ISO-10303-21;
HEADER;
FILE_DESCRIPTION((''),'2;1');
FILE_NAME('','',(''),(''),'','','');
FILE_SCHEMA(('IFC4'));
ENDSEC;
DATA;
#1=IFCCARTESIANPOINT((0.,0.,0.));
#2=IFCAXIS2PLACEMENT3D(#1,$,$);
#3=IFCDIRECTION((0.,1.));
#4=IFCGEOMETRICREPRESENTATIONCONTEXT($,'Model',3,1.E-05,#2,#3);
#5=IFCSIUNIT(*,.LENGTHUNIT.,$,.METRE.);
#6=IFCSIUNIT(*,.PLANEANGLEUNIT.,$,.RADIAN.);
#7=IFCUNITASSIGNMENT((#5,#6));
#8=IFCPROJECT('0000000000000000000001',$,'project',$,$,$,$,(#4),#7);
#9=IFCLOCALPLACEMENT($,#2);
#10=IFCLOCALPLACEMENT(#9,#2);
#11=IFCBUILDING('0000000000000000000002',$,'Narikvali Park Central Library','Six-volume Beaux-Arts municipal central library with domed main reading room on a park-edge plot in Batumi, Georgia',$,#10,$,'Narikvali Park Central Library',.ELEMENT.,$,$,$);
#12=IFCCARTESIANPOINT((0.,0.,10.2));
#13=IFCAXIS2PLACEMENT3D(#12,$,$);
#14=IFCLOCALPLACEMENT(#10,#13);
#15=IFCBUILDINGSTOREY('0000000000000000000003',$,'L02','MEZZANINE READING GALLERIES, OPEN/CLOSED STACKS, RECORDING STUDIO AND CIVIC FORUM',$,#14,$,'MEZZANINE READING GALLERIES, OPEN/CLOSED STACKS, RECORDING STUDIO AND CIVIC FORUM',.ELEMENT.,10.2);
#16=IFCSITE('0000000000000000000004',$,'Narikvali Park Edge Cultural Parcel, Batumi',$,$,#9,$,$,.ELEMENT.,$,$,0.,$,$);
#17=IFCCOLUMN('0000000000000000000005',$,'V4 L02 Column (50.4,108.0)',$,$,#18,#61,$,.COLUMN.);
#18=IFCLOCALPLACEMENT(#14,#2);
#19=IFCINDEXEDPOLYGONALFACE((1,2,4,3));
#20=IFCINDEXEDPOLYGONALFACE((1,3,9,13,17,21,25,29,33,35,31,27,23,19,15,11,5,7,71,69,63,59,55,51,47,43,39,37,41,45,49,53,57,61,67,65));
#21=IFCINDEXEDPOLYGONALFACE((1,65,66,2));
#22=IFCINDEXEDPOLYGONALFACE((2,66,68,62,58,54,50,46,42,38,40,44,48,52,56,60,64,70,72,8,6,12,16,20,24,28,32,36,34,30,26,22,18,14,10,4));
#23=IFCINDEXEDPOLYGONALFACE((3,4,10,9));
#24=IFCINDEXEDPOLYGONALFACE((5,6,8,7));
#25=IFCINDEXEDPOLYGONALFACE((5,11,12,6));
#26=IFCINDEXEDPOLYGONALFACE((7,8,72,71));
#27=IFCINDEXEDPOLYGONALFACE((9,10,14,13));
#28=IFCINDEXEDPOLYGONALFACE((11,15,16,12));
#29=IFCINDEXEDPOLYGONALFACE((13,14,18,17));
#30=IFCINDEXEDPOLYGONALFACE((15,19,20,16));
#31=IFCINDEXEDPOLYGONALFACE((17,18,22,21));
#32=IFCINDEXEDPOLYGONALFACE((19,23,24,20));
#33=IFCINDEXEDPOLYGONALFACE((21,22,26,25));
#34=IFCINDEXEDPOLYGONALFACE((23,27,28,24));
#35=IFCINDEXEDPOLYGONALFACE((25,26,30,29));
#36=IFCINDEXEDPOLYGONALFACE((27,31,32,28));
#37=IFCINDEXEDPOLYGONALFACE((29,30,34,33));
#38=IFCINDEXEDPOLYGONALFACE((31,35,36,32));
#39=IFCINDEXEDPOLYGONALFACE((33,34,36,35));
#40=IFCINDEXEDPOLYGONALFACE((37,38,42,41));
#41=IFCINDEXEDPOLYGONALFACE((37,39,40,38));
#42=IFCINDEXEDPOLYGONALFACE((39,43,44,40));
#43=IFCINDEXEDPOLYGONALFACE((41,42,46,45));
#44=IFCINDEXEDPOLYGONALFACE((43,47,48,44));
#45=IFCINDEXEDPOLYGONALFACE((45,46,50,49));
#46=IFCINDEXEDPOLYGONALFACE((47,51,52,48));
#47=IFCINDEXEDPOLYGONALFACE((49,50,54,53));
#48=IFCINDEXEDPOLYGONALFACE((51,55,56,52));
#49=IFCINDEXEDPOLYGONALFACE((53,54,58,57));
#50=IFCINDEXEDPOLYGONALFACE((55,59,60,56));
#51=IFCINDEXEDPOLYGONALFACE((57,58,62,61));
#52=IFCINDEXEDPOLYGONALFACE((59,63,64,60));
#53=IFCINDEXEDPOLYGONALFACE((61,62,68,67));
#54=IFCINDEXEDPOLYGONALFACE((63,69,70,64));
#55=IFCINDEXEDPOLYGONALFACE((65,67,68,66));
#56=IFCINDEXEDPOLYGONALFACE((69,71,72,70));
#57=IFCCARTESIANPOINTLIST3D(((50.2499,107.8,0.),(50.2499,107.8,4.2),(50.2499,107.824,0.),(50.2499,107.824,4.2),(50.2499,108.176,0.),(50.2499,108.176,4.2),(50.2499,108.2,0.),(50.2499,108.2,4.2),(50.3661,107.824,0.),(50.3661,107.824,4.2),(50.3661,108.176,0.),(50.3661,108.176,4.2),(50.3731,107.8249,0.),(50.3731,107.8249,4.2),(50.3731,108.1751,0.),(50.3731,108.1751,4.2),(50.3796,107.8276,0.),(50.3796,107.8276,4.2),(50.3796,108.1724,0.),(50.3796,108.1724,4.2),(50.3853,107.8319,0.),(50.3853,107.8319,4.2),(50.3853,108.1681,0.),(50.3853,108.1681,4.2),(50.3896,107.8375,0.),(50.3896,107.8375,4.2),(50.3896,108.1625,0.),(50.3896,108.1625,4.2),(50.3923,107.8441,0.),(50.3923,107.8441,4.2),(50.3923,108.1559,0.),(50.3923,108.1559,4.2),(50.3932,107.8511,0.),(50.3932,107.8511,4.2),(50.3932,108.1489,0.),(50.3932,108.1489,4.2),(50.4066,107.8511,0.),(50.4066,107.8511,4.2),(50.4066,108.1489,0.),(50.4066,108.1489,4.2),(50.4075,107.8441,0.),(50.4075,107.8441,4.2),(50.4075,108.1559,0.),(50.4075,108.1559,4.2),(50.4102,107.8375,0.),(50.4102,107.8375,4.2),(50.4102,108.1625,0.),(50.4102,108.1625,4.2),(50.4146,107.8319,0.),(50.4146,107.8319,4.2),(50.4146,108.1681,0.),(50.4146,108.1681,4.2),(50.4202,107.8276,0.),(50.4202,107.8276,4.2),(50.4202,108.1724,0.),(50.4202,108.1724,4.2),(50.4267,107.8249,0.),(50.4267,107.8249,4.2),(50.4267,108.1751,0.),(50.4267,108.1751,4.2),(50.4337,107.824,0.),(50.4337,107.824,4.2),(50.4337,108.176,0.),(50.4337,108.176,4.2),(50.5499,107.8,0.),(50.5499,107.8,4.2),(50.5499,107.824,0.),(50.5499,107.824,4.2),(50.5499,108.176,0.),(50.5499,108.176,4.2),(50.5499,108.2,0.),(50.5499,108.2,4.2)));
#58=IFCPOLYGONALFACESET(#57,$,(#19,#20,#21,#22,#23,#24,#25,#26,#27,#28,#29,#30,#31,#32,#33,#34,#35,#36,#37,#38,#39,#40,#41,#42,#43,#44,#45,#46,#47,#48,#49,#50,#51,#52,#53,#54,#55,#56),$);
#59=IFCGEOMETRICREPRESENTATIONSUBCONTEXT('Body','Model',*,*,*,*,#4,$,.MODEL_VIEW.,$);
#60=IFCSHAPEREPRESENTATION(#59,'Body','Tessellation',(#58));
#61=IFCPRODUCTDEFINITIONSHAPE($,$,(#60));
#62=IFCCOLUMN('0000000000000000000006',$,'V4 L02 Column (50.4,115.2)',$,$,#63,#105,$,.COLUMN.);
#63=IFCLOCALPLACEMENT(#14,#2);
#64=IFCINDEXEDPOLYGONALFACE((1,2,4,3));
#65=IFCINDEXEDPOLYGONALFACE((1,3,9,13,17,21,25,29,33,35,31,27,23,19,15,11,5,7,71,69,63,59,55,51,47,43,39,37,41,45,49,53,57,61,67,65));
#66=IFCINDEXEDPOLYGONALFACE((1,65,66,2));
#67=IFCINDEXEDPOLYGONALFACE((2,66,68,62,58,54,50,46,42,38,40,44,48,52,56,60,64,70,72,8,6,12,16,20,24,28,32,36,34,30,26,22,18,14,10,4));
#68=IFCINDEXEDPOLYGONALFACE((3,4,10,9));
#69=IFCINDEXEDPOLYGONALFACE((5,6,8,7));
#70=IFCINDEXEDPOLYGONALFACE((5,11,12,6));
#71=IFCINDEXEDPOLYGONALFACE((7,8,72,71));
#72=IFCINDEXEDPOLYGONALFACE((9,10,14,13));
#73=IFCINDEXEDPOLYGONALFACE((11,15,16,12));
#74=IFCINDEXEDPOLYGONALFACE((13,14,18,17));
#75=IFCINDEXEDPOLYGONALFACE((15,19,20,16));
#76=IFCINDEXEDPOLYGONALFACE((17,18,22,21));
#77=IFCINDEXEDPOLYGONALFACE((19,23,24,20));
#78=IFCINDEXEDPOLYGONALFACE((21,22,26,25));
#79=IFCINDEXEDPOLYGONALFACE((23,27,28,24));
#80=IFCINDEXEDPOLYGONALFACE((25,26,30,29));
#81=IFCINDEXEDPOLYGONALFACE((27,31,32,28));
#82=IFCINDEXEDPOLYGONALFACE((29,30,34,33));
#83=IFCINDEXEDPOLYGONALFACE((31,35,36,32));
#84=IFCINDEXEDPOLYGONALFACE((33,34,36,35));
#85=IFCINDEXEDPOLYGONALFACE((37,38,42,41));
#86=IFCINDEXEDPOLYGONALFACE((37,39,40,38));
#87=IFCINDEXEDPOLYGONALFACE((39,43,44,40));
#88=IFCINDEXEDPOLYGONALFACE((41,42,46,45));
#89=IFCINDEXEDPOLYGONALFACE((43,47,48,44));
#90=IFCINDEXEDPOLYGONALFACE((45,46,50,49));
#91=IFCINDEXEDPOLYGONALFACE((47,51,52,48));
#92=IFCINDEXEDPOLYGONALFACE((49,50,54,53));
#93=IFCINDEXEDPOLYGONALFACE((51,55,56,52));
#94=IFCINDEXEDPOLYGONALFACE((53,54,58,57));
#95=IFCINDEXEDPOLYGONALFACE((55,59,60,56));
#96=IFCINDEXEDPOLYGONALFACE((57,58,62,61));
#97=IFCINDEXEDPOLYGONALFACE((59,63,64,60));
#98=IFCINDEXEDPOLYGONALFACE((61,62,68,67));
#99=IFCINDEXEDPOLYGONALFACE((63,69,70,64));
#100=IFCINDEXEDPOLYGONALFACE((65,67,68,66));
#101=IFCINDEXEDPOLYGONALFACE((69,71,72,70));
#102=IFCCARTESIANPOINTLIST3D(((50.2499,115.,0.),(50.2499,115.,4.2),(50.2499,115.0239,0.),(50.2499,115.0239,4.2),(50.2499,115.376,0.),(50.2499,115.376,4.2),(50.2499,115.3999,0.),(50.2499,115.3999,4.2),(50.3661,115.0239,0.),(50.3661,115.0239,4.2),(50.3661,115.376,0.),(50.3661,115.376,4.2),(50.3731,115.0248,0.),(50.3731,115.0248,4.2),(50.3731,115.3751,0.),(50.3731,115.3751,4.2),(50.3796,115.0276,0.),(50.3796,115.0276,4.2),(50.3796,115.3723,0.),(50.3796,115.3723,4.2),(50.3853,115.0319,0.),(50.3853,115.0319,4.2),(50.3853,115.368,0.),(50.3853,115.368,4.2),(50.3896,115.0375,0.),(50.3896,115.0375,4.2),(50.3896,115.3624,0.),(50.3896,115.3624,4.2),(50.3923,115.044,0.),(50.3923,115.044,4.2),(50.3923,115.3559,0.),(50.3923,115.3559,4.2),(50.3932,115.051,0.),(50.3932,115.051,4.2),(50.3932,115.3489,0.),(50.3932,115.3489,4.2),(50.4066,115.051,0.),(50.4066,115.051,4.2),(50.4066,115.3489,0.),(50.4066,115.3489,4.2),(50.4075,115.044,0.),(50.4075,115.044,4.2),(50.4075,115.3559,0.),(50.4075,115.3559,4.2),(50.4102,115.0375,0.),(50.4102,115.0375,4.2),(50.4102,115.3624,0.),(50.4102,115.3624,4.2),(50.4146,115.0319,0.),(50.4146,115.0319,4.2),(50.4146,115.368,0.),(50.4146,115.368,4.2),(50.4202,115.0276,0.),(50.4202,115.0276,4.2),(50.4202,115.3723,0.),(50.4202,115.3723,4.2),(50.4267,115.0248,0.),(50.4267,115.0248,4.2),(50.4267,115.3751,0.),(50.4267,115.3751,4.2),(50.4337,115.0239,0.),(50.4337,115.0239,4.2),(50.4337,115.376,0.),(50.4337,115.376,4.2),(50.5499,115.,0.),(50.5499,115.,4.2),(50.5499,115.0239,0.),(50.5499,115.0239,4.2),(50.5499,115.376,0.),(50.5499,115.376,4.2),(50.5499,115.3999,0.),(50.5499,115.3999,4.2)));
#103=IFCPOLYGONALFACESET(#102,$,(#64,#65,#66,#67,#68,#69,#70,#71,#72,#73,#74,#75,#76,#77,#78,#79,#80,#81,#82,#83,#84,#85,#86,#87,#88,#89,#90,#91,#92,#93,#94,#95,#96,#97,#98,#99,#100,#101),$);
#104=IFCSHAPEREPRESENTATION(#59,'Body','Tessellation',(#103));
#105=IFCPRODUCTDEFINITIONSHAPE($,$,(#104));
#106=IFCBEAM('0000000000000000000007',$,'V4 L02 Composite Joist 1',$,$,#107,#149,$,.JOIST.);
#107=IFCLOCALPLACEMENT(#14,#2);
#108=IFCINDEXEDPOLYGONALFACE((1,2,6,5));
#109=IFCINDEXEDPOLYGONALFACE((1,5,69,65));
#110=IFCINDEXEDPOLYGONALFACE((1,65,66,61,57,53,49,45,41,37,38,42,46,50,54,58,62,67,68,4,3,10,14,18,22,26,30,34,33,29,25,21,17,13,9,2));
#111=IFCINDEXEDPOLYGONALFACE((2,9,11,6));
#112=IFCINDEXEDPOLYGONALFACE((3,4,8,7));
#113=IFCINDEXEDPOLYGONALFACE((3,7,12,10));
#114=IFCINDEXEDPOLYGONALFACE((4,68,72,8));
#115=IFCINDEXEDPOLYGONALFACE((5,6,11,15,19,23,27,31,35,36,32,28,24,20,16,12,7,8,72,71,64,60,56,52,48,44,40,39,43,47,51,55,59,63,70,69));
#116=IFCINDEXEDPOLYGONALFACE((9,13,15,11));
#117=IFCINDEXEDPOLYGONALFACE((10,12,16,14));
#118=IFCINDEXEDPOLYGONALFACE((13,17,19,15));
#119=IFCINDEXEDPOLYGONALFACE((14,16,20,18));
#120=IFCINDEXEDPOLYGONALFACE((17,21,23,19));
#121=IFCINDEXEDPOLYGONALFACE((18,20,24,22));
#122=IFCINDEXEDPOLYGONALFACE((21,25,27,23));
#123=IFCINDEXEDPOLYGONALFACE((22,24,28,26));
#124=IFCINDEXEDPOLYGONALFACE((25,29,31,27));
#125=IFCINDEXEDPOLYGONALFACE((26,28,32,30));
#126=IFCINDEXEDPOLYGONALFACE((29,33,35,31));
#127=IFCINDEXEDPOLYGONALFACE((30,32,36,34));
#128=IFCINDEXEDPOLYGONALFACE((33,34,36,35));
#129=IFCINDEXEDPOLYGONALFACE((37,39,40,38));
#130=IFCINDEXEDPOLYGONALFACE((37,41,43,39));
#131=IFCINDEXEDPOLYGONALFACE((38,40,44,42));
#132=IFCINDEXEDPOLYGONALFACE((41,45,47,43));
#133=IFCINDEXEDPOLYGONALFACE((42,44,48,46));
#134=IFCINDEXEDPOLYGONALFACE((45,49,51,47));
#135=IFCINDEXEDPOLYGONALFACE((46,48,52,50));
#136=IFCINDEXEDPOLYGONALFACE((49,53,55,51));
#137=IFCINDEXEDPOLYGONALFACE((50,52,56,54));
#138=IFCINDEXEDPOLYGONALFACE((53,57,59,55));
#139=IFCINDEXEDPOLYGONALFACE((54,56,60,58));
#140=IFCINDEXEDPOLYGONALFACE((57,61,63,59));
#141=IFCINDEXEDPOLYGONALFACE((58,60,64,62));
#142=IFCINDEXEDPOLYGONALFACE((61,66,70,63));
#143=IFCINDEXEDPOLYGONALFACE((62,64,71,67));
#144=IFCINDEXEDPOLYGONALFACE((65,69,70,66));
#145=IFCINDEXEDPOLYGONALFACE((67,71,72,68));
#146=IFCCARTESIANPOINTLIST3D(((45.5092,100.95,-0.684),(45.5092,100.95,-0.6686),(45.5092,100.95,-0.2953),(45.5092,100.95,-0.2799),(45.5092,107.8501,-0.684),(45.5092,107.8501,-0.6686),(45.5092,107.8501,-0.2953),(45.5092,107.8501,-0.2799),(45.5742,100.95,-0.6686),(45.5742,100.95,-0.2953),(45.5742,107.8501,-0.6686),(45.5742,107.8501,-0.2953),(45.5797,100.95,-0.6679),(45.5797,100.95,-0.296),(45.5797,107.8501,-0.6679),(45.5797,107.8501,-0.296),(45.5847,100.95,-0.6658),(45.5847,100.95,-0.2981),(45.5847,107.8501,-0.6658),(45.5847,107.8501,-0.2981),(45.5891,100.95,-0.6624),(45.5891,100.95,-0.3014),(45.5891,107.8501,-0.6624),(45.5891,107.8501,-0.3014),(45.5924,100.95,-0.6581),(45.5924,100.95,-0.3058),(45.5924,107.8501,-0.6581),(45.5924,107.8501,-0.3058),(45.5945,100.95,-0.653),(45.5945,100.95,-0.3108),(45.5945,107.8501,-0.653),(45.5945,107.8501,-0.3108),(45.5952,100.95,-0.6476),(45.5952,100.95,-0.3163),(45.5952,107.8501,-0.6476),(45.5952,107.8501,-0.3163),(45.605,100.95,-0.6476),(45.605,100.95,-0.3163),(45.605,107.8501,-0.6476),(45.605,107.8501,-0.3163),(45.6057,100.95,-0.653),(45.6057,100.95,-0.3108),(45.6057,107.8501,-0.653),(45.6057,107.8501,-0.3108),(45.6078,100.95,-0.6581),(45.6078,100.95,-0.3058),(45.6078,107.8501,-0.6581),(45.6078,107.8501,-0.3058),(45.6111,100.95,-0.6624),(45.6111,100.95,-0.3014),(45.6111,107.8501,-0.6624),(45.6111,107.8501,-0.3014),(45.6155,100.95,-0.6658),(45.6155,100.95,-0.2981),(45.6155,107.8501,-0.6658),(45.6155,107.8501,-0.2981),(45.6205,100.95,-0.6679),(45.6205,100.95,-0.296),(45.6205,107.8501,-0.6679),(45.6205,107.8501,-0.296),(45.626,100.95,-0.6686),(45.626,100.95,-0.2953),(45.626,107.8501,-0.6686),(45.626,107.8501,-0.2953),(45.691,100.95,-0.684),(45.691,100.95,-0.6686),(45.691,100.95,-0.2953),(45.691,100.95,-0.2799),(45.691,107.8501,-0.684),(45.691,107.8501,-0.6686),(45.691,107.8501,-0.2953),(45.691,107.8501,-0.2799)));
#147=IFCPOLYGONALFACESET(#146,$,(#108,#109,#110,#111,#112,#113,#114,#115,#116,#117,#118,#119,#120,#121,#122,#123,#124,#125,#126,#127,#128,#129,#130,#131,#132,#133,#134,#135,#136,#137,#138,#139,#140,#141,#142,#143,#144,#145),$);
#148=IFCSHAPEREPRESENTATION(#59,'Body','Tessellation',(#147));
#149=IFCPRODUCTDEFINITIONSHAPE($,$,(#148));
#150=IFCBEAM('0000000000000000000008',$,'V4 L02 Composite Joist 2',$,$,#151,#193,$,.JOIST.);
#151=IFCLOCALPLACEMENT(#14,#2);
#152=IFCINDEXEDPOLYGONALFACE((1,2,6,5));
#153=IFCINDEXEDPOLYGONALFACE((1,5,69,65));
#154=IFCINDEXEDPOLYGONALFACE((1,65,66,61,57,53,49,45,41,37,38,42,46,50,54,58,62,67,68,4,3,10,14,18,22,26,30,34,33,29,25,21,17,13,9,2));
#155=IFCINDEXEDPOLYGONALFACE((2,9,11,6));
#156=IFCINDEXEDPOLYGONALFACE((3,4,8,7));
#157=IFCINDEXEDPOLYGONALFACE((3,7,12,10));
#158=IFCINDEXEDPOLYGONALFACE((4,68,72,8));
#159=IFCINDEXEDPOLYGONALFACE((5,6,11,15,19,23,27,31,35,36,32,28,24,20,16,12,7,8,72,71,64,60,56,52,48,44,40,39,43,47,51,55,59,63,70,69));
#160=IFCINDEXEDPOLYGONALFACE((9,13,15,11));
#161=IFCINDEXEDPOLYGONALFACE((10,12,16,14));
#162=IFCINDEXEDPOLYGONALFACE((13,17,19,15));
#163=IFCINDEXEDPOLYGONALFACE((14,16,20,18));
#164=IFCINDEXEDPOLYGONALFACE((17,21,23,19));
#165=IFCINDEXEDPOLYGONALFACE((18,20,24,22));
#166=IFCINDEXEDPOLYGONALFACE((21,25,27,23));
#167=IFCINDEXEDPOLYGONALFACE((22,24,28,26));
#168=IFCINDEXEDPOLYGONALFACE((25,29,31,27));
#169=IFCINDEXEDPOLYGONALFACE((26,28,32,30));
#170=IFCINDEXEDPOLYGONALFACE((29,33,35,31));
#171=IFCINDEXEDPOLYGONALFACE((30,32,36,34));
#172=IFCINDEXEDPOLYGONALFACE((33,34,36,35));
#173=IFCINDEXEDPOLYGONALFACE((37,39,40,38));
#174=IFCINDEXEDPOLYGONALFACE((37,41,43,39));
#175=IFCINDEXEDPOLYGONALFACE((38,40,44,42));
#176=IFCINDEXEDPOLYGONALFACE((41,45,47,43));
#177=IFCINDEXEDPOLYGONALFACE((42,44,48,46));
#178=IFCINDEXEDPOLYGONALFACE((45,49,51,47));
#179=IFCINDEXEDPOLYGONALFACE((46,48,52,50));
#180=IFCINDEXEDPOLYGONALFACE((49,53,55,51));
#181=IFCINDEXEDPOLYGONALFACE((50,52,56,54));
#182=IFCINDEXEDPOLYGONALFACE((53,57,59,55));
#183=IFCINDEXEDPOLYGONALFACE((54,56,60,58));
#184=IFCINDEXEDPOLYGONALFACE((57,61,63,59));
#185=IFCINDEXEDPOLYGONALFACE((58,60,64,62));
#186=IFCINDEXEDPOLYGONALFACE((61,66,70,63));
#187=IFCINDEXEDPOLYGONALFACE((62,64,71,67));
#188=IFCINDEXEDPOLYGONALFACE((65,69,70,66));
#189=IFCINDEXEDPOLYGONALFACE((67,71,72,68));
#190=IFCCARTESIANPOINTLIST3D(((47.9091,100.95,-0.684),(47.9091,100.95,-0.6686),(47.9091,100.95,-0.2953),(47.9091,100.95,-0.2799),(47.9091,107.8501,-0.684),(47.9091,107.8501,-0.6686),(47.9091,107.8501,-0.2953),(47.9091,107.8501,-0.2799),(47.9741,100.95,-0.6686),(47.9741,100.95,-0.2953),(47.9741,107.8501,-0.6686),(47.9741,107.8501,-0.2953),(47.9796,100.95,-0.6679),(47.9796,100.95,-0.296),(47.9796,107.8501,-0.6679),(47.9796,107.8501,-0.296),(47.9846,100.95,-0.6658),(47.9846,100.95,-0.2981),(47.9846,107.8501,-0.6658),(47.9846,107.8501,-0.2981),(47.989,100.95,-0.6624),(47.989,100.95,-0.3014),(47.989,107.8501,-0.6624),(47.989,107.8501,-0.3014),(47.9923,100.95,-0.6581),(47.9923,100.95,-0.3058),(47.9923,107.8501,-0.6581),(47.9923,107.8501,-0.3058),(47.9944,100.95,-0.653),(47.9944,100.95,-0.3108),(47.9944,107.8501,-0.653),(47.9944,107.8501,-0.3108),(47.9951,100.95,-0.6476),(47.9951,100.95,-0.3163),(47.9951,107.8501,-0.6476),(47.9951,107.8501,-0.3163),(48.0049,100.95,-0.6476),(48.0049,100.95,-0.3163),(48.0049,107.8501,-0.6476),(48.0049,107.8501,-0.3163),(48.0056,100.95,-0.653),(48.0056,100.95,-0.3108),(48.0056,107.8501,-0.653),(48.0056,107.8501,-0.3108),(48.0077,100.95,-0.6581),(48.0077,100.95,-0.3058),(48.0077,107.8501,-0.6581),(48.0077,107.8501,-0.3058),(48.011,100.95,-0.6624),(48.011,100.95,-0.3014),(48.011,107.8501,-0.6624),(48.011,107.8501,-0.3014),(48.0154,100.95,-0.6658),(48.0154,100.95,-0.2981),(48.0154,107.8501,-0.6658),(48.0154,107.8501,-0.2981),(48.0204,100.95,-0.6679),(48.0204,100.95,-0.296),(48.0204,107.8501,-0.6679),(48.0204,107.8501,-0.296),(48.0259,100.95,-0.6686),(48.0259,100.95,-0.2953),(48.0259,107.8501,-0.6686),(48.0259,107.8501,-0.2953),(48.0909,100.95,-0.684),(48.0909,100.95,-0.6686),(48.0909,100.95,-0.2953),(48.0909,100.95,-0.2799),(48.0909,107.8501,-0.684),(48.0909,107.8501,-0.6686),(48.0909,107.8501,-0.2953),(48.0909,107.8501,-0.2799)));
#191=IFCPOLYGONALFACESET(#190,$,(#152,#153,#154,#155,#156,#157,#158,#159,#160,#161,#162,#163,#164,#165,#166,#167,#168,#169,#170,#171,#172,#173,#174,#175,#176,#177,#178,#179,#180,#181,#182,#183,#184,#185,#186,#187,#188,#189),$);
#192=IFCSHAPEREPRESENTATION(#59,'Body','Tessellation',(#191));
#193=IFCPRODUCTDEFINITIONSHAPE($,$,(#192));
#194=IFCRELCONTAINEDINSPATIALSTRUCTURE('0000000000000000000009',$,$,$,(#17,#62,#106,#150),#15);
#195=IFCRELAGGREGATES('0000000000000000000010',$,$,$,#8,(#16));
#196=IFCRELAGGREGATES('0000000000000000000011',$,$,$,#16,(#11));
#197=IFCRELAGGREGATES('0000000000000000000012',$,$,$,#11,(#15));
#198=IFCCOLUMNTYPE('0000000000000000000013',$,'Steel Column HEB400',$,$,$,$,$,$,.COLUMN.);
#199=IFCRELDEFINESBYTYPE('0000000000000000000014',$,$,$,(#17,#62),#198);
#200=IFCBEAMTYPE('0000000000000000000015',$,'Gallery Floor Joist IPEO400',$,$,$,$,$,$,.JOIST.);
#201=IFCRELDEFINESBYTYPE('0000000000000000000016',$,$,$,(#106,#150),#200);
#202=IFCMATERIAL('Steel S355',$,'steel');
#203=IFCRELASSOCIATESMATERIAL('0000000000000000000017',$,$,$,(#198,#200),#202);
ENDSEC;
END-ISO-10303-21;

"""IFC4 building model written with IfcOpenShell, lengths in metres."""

from ifc_helpers import new_model, si_unit, direction, frame, origin, origin_2d, place, context, subcontext, project, spatial, i_section, extrude, material, material_profile, profile_set, type_object, element, save


model = new_model("IFC4")

# Units and contexts
model_context = context("Model", 3, precision=1e-05, world=origin(), true_north=direction((0.0, 1.0)))
body_context = subcontext(model_context, "Body", "Model", "MODEL_VIEW")
ifc_project = project(units=[si_unit("LENGTHUNIT", "METRE"), si_unit("PLANEANGLEUNIT", "RADIAN")], contexts=[model_context])

# Site, building, storey
site_placement = place(None, origin())
site = spatial("IfcSite", under=ifc_project, at=site_placement, Name="Narikvali Park Edge Cultural Parcel, Batumi", CompositionType="ELEMENT", RefElevation=0.0)
building_placement = place(site_placement, origin())
building = spatial("IfcBuilding", under=site, at=building_placement, Name="Narikvali Park Central Library", Description="Six-volume Beaux-Arts municipal central library with domed main reading room on a park-edge plot in Batumi, Georgia", LongName="Narikvali Park Central Library", CompositionType="ELEMENT")
storey_placement = place(building_placement, frame((0.0, 0.0, 10.2)))
storey = spatial("IfcBuildingStorey", under=building, at=storey_placement, Name="L02", Description="MEZZANINE READING GALLERIES, OPEN/CLOSED STACKS, RECORDING STUDIO AND CIVIC FORUM", LongName="MEZZANINE READING GALLERIES, OPEN/CLOSED STACKS, RECORDING STUDIO AND CIVIC FORUM", CompositionType="ELEMENT", Elevation=10.2)

# Columns
ifc_material_1 = material(Name="Steel S355", Category="steel")
ifc_material_profile_1 = material_profile(ifc_material_1, i_section(OverallWidth=0.3, OverallDepth=0.3999, WebThickness=0.0134, FlangeThickness=0.0239, FilletRadius=0.0271, at=origin_2d()), Name="HEB 400")
ifc_profile_set_1 = profile_set([ifc_material_profile_1], Name="Steel S355")
column_type = type_object("IfcColumnType", Name="Steel Column HEB400", PredefinedType="COLUMN", material=ifc_profile_set_1)
for number, where, z_axis, x_axis, name in (
    (1, (50.3999, 108.0, 0.0), (0.0, 0.0, 1.0), (1.0, 0.0, 0.0), "V4 L02 Column (50.4,108.0)"),
    (2, (50.3999, 115.2, 0.0), (0.0, 0.0, 1.0), (1.0, 0.0, 0.0), "V4 L02 Column (50.4,115.2)"),
):
    element("IfcColumn", number, at=place(storey_placement, frame(where, z_axis=z_axis, x_axis=x_axis)), inside=storey, type_object=column_type, Name=name, PredefinedType="COLUMN", context=body_context, shape_type="SweptSolid", body=[
        extrude(i_section(OverallWidth=0.3, OverallDepth=0.3999, WebThickness=0.0134, FlangeThickness=0.0239, FilletRadius=0.0271, at=origin_2d()), origin(), (0.0, 0.0, 1.0), 4.2),
    ])

# Beams
ifc_material_profile_2 = material_profile(ifc_material_1, i_section(OverallWidth=0.1819, OverallDepth=0.4041, WebThickness=0.0098, FlangeThickness=0.0154, FilletRadius=0.021, at=origin_2d()), Name="IPEO 400")
ifc_profile_set_2 = profile_set([ifc_material_profile_2], Name="Steel S355")
beam_type_1 = type_object("IfcBeamType", Name="Gallery Floor Joist IPEO400", PredefinedType="JOIST", material=ifc_profile_set_2)
for number, where, z_axis, x_axis, name in (
    (3, (45.6001, 100.95, -0.4819), (0.0, 1.0, 0.0), (-1.0, 0.0, 0.0), "V4 L02 Composite Joist 1"),
    (4, (48.0, 100.95, -0.4819), (0.0, 1.0, 0.0), (-1.0, 0.0, 0.0), "V4 L02 Composite Joist 2"),
):
    element("IfcBeam", number, at=place(storey_placement, frame(where, z_axis=z_axis, x_axis=x_axis)), inside=storey, type_object=beam_type_1, Name=name, PredefinedType="JOIST", context=body_context, shape_type="SweptSolid", body=[
        extrude(i_section(OverallWidth=0.1819, OverallDepth=0.4041, WebThickness=0.0098, FlangeThickness=0.0154, FilletRadius=0.021, at=origin_2d()), origin(), (0.0, 0.0, 1.0), 6.9001),
    ])

save(model, "model.ifc")
